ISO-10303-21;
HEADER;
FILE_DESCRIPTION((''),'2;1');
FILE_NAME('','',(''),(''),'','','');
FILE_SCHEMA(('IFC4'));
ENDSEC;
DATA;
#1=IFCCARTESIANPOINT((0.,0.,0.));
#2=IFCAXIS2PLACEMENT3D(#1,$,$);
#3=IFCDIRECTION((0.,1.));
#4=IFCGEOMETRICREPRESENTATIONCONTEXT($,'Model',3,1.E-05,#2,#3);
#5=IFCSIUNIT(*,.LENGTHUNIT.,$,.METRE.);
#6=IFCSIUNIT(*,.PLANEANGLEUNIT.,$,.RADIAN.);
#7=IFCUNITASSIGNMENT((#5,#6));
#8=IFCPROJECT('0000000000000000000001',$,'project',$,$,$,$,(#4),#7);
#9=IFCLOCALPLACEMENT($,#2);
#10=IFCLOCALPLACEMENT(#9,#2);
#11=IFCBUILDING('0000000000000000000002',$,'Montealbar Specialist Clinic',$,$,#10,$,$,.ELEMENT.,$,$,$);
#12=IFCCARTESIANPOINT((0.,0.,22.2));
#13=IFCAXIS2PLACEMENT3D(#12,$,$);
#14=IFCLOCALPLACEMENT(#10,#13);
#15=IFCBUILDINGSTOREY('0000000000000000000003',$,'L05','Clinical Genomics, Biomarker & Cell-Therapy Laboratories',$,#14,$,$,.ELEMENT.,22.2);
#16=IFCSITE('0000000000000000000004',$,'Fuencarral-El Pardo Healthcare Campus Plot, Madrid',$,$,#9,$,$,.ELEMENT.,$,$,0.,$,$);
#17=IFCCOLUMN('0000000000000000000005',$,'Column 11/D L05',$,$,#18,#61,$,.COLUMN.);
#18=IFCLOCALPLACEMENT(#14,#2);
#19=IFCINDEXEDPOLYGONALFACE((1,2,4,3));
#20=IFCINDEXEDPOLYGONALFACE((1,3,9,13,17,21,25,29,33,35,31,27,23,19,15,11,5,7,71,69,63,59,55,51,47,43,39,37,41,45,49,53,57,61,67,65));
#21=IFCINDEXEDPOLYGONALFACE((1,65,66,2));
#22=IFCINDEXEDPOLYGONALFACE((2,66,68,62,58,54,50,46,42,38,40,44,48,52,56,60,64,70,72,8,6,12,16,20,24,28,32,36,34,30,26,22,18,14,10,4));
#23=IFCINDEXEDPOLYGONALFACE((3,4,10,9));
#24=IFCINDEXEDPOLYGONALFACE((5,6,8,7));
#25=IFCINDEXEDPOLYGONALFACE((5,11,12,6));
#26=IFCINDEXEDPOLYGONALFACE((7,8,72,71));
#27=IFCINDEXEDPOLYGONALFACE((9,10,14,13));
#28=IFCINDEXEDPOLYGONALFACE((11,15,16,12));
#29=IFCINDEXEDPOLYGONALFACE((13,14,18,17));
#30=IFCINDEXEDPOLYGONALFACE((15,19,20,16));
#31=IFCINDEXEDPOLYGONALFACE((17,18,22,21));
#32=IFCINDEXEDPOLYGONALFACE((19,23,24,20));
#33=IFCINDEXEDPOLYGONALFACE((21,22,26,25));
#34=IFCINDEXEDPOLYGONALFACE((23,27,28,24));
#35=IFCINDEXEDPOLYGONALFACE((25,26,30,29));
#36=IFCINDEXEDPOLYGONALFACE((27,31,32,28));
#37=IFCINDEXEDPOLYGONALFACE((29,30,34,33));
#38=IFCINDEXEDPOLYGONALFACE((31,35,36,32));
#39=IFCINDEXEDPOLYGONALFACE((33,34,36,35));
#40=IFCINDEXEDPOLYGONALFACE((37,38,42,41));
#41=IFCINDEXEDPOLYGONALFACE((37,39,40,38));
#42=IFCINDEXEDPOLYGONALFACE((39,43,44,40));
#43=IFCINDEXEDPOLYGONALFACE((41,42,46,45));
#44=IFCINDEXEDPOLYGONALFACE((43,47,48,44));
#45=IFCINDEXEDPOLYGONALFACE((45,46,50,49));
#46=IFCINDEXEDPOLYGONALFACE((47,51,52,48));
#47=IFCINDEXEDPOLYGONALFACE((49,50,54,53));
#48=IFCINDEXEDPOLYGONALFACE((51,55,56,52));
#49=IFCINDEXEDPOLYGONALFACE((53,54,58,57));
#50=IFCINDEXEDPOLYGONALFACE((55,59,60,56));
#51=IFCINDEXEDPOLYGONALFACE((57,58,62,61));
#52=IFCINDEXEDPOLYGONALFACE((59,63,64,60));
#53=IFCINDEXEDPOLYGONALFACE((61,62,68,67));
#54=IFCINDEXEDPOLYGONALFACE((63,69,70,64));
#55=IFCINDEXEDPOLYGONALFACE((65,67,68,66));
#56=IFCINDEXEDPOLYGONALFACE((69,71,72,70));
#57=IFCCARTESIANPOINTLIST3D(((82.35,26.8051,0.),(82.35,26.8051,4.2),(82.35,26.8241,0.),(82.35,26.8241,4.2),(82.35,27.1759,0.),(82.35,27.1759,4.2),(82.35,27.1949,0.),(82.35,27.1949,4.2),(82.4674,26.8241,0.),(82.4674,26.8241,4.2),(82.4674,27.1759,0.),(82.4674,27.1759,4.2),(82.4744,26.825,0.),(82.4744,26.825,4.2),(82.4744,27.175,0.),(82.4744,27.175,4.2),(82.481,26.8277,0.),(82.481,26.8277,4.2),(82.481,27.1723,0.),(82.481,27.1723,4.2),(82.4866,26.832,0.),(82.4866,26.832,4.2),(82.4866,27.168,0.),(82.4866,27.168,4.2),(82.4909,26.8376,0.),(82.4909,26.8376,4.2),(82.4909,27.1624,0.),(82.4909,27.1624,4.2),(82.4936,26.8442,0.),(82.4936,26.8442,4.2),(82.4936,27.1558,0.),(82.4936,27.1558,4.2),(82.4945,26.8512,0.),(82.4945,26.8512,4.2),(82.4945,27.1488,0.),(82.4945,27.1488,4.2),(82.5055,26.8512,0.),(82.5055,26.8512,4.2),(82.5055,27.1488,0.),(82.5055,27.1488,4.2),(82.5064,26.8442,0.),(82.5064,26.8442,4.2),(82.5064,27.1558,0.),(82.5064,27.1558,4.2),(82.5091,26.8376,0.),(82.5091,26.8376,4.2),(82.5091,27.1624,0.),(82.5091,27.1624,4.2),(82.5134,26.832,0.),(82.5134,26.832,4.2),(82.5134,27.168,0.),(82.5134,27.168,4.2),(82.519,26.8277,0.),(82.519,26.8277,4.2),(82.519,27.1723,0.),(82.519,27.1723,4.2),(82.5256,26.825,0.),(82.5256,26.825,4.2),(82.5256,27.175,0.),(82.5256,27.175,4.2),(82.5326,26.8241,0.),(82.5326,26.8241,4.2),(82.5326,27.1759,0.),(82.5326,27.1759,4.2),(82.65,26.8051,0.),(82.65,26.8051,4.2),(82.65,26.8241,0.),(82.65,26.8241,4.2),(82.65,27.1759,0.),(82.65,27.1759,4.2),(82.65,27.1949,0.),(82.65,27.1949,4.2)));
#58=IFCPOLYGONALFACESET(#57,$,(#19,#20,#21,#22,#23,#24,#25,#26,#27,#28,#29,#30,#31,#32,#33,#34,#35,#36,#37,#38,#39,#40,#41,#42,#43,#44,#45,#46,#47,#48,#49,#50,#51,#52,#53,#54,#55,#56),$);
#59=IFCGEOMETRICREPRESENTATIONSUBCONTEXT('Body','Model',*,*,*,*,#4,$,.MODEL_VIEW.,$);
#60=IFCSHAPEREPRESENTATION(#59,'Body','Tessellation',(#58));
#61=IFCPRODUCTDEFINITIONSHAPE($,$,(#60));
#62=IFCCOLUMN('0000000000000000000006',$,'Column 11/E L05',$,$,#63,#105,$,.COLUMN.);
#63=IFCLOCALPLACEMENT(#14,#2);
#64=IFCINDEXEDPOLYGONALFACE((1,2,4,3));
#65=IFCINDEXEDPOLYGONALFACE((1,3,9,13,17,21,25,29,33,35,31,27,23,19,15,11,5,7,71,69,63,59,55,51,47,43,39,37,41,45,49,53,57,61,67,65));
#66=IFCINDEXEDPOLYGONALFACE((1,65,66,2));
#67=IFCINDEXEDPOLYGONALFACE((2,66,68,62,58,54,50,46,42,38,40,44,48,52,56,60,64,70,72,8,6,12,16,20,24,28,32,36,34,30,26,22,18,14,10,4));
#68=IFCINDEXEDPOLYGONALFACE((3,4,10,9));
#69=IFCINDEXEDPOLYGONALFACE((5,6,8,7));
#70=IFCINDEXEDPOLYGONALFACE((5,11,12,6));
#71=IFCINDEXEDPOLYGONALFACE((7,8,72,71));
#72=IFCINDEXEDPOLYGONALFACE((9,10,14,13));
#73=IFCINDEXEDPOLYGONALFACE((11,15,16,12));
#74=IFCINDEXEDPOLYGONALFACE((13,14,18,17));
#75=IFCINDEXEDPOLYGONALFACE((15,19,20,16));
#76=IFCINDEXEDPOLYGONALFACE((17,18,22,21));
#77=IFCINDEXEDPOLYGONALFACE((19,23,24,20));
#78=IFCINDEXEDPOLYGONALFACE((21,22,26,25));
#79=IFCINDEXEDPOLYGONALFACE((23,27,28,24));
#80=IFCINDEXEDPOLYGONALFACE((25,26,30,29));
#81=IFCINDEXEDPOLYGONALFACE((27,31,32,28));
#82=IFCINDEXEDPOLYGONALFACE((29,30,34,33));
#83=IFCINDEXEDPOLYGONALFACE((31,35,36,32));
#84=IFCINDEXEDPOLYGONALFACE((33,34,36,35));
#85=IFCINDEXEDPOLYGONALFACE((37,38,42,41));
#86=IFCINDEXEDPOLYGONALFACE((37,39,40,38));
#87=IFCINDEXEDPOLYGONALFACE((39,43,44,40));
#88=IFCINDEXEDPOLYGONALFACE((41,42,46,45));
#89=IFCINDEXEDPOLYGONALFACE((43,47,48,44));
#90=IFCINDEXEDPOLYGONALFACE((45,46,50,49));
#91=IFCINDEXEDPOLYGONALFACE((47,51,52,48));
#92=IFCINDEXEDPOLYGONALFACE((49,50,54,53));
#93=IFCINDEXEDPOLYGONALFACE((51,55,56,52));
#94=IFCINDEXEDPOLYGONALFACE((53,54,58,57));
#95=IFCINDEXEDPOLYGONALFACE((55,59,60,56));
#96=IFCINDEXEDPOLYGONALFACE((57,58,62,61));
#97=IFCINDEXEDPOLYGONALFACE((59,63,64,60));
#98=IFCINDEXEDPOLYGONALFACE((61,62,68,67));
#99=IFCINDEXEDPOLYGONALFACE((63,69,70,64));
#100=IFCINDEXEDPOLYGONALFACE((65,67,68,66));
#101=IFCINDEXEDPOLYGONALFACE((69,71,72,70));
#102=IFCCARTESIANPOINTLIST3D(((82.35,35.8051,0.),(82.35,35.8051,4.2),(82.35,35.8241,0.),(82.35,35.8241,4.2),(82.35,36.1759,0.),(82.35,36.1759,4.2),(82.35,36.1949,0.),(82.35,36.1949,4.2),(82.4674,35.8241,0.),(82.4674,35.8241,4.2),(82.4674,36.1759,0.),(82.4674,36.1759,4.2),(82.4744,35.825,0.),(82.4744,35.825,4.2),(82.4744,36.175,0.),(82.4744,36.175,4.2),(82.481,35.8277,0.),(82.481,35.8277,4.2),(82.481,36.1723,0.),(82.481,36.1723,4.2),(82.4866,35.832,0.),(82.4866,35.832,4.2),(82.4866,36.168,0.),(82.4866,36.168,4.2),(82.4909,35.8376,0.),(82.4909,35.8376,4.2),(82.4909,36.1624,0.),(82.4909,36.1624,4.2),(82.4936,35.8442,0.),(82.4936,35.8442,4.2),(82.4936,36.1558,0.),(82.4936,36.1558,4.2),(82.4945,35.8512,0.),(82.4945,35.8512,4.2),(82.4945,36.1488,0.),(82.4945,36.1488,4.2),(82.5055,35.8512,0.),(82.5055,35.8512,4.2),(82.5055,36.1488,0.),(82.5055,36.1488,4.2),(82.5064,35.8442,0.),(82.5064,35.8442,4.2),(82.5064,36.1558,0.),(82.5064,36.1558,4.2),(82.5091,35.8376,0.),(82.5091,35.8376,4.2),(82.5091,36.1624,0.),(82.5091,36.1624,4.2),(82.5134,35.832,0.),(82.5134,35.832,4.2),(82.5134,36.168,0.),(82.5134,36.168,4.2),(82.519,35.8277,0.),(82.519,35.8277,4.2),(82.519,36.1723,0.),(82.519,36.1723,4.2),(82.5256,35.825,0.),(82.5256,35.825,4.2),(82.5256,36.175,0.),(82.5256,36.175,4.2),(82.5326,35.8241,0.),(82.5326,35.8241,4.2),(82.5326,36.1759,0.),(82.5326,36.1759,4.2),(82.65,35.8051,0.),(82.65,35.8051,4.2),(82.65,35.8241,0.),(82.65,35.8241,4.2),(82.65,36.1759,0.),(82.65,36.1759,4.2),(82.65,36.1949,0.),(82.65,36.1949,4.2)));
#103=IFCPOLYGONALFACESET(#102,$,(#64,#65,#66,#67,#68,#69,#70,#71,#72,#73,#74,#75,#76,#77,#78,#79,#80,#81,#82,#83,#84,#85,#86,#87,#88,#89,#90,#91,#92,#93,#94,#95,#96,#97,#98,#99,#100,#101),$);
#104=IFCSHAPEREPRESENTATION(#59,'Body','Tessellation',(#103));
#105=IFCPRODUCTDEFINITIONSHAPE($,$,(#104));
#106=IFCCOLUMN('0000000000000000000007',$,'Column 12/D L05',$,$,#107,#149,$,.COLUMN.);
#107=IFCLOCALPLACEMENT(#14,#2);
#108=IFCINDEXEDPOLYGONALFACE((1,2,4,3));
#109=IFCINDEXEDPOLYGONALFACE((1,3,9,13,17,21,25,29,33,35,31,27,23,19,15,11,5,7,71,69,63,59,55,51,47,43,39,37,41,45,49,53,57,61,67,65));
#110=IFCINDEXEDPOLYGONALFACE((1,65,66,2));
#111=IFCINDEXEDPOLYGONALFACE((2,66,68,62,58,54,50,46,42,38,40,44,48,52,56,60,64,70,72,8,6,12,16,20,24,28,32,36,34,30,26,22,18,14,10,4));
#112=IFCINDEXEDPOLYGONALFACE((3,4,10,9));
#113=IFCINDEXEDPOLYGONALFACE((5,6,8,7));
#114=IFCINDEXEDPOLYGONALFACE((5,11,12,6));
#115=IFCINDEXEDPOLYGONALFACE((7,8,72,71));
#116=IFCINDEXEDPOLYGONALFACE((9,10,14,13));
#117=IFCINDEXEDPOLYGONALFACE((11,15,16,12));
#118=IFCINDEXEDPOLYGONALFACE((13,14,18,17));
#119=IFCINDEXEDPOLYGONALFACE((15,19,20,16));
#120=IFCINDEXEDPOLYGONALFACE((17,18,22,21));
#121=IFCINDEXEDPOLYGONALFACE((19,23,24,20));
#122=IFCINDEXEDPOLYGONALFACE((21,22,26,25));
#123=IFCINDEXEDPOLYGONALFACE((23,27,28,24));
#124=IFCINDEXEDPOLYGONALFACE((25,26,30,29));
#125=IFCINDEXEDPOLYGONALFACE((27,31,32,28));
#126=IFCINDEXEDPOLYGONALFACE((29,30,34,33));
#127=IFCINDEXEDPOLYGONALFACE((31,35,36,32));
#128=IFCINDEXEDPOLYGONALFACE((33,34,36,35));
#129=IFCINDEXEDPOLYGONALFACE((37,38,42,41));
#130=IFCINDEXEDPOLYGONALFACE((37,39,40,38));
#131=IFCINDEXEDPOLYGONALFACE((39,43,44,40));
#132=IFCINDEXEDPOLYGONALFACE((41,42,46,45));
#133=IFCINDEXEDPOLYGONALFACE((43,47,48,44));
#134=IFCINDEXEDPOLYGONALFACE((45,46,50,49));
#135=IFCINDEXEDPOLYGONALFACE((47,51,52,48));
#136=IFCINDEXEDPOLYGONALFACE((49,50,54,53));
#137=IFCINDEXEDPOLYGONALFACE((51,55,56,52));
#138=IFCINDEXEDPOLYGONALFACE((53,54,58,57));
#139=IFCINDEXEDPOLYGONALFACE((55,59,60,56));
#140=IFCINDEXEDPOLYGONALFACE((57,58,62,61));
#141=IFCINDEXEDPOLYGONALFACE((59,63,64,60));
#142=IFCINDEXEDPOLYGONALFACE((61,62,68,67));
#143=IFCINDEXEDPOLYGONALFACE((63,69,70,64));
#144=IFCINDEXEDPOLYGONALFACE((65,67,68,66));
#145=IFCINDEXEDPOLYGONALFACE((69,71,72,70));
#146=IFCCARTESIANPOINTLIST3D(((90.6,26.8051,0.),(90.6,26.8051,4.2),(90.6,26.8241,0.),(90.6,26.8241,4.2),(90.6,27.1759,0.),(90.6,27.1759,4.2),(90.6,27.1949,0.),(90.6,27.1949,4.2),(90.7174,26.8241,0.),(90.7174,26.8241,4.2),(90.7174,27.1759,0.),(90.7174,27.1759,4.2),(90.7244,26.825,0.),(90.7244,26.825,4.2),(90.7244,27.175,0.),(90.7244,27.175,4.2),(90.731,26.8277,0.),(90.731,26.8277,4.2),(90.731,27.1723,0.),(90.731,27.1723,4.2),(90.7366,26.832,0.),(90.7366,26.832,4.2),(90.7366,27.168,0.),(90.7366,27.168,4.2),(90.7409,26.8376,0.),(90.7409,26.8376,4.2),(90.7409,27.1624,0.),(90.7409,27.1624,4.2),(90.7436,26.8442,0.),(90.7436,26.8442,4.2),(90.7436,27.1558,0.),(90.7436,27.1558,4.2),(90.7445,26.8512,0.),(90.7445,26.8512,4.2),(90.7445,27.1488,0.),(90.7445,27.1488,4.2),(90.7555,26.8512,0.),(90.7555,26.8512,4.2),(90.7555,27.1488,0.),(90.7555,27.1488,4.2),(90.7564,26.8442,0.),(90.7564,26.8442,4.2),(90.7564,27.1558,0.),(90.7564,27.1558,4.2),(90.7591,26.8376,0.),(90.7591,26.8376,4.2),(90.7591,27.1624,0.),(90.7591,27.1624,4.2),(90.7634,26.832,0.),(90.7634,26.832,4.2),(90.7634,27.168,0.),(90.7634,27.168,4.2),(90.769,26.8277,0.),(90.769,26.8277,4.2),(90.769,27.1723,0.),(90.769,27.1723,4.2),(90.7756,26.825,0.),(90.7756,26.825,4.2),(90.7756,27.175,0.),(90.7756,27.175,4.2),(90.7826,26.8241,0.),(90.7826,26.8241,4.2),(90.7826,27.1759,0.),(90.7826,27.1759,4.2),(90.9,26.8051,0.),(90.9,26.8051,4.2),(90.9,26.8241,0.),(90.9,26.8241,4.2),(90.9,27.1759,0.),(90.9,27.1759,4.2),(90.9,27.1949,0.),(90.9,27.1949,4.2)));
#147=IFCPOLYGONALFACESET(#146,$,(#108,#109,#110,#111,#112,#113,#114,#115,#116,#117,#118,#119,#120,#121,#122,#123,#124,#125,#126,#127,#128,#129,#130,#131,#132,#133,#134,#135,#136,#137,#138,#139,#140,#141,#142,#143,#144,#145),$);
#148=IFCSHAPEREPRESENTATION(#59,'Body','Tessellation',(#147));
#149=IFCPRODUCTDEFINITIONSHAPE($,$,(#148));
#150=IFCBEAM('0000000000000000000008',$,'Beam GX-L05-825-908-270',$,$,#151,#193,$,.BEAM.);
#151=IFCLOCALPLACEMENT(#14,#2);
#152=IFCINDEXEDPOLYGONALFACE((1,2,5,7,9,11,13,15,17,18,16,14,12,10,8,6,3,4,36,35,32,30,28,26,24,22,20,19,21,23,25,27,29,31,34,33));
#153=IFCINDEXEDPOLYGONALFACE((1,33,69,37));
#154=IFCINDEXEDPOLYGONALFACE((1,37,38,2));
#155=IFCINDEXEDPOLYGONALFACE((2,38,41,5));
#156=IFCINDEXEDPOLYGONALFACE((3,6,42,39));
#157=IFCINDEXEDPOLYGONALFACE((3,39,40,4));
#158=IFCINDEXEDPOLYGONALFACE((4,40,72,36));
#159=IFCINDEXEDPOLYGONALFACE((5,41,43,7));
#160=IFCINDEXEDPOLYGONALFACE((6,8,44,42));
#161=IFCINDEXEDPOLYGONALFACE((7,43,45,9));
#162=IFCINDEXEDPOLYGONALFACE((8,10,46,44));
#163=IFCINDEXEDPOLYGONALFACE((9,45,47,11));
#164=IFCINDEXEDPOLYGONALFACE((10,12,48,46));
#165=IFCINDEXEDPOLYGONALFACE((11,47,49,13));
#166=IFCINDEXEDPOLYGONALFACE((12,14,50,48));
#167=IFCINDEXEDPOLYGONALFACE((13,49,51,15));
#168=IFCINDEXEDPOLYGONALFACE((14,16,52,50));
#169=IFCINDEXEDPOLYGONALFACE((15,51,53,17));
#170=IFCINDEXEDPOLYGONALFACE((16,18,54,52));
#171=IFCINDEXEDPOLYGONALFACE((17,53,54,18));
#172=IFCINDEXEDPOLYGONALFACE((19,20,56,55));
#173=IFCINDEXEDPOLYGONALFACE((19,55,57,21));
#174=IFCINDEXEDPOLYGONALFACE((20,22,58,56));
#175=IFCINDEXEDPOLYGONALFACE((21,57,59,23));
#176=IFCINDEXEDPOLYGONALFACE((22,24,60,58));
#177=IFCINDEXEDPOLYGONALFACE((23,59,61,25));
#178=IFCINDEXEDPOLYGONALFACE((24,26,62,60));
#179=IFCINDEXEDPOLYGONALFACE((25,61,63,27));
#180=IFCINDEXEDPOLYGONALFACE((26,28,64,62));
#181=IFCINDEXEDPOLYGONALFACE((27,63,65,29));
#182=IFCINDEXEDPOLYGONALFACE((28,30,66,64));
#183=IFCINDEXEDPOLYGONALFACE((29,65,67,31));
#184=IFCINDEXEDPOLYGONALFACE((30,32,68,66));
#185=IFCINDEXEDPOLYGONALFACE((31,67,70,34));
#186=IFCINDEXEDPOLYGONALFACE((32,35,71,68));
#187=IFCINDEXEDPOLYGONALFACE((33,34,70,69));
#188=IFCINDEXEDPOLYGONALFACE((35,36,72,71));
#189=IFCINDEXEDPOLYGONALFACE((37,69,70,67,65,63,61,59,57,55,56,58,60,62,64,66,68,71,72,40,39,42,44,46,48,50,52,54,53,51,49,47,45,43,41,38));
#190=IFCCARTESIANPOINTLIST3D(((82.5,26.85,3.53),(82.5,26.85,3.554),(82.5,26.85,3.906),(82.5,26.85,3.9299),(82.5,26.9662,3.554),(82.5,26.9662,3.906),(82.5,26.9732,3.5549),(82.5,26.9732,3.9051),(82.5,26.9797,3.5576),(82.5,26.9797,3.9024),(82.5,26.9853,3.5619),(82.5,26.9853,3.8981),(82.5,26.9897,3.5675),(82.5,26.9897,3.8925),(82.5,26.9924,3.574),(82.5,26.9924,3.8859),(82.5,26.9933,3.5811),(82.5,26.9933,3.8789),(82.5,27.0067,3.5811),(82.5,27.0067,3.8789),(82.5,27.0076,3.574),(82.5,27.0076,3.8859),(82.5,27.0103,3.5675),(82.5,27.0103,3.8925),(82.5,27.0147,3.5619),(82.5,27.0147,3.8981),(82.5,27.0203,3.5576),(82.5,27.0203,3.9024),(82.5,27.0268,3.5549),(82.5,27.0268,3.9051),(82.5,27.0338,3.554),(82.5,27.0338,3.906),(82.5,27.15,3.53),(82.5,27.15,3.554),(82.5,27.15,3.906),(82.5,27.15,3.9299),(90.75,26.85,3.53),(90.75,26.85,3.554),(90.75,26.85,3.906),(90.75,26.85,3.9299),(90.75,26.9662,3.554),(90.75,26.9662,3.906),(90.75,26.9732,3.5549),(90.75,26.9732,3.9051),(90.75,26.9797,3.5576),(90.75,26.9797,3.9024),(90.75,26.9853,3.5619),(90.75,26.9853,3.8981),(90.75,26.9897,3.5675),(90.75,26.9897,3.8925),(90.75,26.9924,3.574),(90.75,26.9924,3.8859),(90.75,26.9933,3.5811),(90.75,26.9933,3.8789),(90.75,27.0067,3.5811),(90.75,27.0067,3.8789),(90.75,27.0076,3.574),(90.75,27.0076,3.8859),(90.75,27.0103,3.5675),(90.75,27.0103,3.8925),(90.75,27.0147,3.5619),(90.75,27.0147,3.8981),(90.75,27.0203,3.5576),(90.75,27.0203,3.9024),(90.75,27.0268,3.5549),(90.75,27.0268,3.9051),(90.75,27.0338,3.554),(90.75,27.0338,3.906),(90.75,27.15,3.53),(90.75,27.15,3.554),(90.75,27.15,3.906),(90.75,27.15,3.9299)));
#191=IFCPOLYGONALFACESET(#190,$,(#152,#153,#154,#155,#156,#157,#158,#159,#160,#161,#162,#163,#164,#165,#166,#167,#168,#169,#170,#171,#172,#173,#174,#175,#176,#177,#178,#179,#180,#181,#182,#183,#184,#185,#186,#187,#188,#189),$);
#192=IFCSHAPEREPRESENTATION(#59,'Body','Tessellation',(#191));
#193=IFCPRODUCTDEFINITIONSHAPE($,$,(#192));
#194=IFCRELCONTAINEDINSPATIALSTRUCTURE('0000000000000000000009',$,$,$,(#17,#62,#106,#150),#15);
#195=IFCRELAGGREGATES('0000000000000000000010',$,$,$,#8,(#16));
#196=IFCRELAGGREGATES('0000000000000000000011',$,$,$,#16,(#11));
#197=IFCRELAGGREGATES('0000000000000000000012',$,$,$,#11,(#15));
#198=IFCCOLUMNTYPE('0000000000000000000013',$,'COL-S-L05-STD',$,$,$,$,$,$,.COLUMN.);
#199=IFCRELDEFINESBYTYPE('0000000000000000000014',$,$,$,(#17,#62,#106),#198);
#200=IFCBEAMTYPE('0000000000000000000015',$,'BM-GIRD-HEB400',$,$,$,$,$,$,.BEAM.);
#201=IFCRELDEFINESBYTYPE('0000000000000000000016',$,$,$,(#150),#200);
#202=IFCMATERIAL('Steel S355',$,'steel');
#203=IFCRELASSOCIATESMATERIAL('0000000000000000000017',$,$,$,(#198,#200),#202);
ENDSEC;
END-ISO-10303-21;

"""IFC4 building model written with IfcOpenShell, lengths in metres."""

from ifc_helpers import new_model, si_unit, direction, frame, origin, origin_2d, place, context, subcontext, project, spatial, i_section, extrude, material, material_profile, profile_set, type_object, element, save


model = new_model("IFC4")

# Units and contexts
model_context = context("Model", 3, precision=1e-05, world=origin(), true_north=direction((0.0, 1.0)))
body_context = subcontext(model_context, "Body", "Model", "MODEL_VIEW")
ifc_project = project(units=[si_unit("LENGTHUNIT", "METRE"), si_unit("PLANEANGLEUNIT", "RADIAN")], contexts=[model_context])

# Site, building, storey
site_placement = place(None, origin())
site = spatial("IfcSite", under=ifc_project, at=site_placement, Name="Fuencarral-El Pardo Healthcare Campus Plot, Madrid", CompositionType="ELEMENT", RefElevation=0.0)
building_placement = place(site_placement, origin())
building = spatial("IfcBuilding", under=site, at=building_placement, Name="Montealbar Specialist Clinic", CompositionType="ELEMENT")
storey_placement = place(building_placement, frame((0.0, 0.0, 22.2)))
storey = spatial("IfcBuildingStorey", under=building, at=storey_placement, Name="L05", Description="Clinical Genomics, Biomarker & Cell-Therapy Laboratories", CompositionType="ELEMENT", Elevation=22.2)

# Columns
ifc_material_1 = material(Name="Steel S355", Category="steel")
ifc_material_profile_1 = material_profile(ifc_material_1, i_section(OverallWidth=0.3, OverallDepth=0.3899, WebThickness=0.011, FlangeThickness=0.019, FilletRadius=0.0271, at=origin_2d()), Name="HEA 400", Category="steel")
ifc_profile_set_1 = profile_set([ifc_material_profile_1], Name="Steel S355")
column_type = type_object("IfcColumnType", Name="COL-S-L05-STD", PredefinedType="COLUMN", material=ifc_profile_set_1)
for number, where, z_axis, x_axis, name in (
    (1, (82.5, 27.0, 0.0), (0.0, 0.0, 1.0), (1.0, 0.0, 0.0), "Column 11/D L05"),
    (2, (82.5, 36.0, 0.0), (0.0, 0.0, 1.0), (1.0, 0.0, 0.0), "Column 11/E L05"),
    (3, (90.75, 27.0, 0.0), (0.0, 0.0, 1.0), (1.0, 0.0, 0.0), "Column 12/D L05"),
):
    element("IfcColumn", number, at=place(storey_placement, frame(where, z_axis=z_axis, x_axis=x_axis)), inside=storey, type_object=column_type, Name=name, PredefinedType="COLUMN", context=body_context, shape_type="SweptSolid", body=[
        extrude(i_section(OverallWidth=0.3, OverallDepth=0.3899, WebThickness=0.011, FlangeThickness=0.019, FilletRadius=0.0271, at=origin_2d()), origin(), (0.0, 0.0, 1.0), 4.2),
    ])

# Beam
ifc_material_profile_2 = material_profile(ifc_material_1, i_section(OverallWidth=0.3, OverallDepth=0.3999, WebThickness=0.0134, FlangeThickness=0.0239, FilletRadius=0.0271, at=origin_2d()), Name="HEB 400", Category="steel")
ifc_profile_set_2 = profile_set([ifc_material_profile_2], Name="Steel S355")
beam_type_1 = type_object("IfcBeamType", Name="BM-GIRD-HEB400", PredefinedType="BEAM", material=ifc_profile_set_2)
for number, where, z_axis, x_axis, name in (
    (4, (82.5, 27.0, 3.73), (1.0, 0.0, 0.0), (0.0, 1.0, 0.0), "Beam GX-L05-825-908-270"),
):
    element("IfcBeam", number, at=place(storey_placement, frame(where, z_axis=z_axis, x_axis=x_axis)), inside=storey, type_object=beam_type_1, Name=name, PredefinedType="BEAM", context=body_context, shape_type="SweptSolid", body=[
        extrude(i_section(OverallWidth=0.3, OverallDepth=0.3999, WebThickness=0.0134, FlangeThickness=0.0239, FilletRadius=0.0271, at=origin_2d()), origin(), (0.0, 0.0, 1.0), 8.25),
    ])

save(model, "model.ifc")
